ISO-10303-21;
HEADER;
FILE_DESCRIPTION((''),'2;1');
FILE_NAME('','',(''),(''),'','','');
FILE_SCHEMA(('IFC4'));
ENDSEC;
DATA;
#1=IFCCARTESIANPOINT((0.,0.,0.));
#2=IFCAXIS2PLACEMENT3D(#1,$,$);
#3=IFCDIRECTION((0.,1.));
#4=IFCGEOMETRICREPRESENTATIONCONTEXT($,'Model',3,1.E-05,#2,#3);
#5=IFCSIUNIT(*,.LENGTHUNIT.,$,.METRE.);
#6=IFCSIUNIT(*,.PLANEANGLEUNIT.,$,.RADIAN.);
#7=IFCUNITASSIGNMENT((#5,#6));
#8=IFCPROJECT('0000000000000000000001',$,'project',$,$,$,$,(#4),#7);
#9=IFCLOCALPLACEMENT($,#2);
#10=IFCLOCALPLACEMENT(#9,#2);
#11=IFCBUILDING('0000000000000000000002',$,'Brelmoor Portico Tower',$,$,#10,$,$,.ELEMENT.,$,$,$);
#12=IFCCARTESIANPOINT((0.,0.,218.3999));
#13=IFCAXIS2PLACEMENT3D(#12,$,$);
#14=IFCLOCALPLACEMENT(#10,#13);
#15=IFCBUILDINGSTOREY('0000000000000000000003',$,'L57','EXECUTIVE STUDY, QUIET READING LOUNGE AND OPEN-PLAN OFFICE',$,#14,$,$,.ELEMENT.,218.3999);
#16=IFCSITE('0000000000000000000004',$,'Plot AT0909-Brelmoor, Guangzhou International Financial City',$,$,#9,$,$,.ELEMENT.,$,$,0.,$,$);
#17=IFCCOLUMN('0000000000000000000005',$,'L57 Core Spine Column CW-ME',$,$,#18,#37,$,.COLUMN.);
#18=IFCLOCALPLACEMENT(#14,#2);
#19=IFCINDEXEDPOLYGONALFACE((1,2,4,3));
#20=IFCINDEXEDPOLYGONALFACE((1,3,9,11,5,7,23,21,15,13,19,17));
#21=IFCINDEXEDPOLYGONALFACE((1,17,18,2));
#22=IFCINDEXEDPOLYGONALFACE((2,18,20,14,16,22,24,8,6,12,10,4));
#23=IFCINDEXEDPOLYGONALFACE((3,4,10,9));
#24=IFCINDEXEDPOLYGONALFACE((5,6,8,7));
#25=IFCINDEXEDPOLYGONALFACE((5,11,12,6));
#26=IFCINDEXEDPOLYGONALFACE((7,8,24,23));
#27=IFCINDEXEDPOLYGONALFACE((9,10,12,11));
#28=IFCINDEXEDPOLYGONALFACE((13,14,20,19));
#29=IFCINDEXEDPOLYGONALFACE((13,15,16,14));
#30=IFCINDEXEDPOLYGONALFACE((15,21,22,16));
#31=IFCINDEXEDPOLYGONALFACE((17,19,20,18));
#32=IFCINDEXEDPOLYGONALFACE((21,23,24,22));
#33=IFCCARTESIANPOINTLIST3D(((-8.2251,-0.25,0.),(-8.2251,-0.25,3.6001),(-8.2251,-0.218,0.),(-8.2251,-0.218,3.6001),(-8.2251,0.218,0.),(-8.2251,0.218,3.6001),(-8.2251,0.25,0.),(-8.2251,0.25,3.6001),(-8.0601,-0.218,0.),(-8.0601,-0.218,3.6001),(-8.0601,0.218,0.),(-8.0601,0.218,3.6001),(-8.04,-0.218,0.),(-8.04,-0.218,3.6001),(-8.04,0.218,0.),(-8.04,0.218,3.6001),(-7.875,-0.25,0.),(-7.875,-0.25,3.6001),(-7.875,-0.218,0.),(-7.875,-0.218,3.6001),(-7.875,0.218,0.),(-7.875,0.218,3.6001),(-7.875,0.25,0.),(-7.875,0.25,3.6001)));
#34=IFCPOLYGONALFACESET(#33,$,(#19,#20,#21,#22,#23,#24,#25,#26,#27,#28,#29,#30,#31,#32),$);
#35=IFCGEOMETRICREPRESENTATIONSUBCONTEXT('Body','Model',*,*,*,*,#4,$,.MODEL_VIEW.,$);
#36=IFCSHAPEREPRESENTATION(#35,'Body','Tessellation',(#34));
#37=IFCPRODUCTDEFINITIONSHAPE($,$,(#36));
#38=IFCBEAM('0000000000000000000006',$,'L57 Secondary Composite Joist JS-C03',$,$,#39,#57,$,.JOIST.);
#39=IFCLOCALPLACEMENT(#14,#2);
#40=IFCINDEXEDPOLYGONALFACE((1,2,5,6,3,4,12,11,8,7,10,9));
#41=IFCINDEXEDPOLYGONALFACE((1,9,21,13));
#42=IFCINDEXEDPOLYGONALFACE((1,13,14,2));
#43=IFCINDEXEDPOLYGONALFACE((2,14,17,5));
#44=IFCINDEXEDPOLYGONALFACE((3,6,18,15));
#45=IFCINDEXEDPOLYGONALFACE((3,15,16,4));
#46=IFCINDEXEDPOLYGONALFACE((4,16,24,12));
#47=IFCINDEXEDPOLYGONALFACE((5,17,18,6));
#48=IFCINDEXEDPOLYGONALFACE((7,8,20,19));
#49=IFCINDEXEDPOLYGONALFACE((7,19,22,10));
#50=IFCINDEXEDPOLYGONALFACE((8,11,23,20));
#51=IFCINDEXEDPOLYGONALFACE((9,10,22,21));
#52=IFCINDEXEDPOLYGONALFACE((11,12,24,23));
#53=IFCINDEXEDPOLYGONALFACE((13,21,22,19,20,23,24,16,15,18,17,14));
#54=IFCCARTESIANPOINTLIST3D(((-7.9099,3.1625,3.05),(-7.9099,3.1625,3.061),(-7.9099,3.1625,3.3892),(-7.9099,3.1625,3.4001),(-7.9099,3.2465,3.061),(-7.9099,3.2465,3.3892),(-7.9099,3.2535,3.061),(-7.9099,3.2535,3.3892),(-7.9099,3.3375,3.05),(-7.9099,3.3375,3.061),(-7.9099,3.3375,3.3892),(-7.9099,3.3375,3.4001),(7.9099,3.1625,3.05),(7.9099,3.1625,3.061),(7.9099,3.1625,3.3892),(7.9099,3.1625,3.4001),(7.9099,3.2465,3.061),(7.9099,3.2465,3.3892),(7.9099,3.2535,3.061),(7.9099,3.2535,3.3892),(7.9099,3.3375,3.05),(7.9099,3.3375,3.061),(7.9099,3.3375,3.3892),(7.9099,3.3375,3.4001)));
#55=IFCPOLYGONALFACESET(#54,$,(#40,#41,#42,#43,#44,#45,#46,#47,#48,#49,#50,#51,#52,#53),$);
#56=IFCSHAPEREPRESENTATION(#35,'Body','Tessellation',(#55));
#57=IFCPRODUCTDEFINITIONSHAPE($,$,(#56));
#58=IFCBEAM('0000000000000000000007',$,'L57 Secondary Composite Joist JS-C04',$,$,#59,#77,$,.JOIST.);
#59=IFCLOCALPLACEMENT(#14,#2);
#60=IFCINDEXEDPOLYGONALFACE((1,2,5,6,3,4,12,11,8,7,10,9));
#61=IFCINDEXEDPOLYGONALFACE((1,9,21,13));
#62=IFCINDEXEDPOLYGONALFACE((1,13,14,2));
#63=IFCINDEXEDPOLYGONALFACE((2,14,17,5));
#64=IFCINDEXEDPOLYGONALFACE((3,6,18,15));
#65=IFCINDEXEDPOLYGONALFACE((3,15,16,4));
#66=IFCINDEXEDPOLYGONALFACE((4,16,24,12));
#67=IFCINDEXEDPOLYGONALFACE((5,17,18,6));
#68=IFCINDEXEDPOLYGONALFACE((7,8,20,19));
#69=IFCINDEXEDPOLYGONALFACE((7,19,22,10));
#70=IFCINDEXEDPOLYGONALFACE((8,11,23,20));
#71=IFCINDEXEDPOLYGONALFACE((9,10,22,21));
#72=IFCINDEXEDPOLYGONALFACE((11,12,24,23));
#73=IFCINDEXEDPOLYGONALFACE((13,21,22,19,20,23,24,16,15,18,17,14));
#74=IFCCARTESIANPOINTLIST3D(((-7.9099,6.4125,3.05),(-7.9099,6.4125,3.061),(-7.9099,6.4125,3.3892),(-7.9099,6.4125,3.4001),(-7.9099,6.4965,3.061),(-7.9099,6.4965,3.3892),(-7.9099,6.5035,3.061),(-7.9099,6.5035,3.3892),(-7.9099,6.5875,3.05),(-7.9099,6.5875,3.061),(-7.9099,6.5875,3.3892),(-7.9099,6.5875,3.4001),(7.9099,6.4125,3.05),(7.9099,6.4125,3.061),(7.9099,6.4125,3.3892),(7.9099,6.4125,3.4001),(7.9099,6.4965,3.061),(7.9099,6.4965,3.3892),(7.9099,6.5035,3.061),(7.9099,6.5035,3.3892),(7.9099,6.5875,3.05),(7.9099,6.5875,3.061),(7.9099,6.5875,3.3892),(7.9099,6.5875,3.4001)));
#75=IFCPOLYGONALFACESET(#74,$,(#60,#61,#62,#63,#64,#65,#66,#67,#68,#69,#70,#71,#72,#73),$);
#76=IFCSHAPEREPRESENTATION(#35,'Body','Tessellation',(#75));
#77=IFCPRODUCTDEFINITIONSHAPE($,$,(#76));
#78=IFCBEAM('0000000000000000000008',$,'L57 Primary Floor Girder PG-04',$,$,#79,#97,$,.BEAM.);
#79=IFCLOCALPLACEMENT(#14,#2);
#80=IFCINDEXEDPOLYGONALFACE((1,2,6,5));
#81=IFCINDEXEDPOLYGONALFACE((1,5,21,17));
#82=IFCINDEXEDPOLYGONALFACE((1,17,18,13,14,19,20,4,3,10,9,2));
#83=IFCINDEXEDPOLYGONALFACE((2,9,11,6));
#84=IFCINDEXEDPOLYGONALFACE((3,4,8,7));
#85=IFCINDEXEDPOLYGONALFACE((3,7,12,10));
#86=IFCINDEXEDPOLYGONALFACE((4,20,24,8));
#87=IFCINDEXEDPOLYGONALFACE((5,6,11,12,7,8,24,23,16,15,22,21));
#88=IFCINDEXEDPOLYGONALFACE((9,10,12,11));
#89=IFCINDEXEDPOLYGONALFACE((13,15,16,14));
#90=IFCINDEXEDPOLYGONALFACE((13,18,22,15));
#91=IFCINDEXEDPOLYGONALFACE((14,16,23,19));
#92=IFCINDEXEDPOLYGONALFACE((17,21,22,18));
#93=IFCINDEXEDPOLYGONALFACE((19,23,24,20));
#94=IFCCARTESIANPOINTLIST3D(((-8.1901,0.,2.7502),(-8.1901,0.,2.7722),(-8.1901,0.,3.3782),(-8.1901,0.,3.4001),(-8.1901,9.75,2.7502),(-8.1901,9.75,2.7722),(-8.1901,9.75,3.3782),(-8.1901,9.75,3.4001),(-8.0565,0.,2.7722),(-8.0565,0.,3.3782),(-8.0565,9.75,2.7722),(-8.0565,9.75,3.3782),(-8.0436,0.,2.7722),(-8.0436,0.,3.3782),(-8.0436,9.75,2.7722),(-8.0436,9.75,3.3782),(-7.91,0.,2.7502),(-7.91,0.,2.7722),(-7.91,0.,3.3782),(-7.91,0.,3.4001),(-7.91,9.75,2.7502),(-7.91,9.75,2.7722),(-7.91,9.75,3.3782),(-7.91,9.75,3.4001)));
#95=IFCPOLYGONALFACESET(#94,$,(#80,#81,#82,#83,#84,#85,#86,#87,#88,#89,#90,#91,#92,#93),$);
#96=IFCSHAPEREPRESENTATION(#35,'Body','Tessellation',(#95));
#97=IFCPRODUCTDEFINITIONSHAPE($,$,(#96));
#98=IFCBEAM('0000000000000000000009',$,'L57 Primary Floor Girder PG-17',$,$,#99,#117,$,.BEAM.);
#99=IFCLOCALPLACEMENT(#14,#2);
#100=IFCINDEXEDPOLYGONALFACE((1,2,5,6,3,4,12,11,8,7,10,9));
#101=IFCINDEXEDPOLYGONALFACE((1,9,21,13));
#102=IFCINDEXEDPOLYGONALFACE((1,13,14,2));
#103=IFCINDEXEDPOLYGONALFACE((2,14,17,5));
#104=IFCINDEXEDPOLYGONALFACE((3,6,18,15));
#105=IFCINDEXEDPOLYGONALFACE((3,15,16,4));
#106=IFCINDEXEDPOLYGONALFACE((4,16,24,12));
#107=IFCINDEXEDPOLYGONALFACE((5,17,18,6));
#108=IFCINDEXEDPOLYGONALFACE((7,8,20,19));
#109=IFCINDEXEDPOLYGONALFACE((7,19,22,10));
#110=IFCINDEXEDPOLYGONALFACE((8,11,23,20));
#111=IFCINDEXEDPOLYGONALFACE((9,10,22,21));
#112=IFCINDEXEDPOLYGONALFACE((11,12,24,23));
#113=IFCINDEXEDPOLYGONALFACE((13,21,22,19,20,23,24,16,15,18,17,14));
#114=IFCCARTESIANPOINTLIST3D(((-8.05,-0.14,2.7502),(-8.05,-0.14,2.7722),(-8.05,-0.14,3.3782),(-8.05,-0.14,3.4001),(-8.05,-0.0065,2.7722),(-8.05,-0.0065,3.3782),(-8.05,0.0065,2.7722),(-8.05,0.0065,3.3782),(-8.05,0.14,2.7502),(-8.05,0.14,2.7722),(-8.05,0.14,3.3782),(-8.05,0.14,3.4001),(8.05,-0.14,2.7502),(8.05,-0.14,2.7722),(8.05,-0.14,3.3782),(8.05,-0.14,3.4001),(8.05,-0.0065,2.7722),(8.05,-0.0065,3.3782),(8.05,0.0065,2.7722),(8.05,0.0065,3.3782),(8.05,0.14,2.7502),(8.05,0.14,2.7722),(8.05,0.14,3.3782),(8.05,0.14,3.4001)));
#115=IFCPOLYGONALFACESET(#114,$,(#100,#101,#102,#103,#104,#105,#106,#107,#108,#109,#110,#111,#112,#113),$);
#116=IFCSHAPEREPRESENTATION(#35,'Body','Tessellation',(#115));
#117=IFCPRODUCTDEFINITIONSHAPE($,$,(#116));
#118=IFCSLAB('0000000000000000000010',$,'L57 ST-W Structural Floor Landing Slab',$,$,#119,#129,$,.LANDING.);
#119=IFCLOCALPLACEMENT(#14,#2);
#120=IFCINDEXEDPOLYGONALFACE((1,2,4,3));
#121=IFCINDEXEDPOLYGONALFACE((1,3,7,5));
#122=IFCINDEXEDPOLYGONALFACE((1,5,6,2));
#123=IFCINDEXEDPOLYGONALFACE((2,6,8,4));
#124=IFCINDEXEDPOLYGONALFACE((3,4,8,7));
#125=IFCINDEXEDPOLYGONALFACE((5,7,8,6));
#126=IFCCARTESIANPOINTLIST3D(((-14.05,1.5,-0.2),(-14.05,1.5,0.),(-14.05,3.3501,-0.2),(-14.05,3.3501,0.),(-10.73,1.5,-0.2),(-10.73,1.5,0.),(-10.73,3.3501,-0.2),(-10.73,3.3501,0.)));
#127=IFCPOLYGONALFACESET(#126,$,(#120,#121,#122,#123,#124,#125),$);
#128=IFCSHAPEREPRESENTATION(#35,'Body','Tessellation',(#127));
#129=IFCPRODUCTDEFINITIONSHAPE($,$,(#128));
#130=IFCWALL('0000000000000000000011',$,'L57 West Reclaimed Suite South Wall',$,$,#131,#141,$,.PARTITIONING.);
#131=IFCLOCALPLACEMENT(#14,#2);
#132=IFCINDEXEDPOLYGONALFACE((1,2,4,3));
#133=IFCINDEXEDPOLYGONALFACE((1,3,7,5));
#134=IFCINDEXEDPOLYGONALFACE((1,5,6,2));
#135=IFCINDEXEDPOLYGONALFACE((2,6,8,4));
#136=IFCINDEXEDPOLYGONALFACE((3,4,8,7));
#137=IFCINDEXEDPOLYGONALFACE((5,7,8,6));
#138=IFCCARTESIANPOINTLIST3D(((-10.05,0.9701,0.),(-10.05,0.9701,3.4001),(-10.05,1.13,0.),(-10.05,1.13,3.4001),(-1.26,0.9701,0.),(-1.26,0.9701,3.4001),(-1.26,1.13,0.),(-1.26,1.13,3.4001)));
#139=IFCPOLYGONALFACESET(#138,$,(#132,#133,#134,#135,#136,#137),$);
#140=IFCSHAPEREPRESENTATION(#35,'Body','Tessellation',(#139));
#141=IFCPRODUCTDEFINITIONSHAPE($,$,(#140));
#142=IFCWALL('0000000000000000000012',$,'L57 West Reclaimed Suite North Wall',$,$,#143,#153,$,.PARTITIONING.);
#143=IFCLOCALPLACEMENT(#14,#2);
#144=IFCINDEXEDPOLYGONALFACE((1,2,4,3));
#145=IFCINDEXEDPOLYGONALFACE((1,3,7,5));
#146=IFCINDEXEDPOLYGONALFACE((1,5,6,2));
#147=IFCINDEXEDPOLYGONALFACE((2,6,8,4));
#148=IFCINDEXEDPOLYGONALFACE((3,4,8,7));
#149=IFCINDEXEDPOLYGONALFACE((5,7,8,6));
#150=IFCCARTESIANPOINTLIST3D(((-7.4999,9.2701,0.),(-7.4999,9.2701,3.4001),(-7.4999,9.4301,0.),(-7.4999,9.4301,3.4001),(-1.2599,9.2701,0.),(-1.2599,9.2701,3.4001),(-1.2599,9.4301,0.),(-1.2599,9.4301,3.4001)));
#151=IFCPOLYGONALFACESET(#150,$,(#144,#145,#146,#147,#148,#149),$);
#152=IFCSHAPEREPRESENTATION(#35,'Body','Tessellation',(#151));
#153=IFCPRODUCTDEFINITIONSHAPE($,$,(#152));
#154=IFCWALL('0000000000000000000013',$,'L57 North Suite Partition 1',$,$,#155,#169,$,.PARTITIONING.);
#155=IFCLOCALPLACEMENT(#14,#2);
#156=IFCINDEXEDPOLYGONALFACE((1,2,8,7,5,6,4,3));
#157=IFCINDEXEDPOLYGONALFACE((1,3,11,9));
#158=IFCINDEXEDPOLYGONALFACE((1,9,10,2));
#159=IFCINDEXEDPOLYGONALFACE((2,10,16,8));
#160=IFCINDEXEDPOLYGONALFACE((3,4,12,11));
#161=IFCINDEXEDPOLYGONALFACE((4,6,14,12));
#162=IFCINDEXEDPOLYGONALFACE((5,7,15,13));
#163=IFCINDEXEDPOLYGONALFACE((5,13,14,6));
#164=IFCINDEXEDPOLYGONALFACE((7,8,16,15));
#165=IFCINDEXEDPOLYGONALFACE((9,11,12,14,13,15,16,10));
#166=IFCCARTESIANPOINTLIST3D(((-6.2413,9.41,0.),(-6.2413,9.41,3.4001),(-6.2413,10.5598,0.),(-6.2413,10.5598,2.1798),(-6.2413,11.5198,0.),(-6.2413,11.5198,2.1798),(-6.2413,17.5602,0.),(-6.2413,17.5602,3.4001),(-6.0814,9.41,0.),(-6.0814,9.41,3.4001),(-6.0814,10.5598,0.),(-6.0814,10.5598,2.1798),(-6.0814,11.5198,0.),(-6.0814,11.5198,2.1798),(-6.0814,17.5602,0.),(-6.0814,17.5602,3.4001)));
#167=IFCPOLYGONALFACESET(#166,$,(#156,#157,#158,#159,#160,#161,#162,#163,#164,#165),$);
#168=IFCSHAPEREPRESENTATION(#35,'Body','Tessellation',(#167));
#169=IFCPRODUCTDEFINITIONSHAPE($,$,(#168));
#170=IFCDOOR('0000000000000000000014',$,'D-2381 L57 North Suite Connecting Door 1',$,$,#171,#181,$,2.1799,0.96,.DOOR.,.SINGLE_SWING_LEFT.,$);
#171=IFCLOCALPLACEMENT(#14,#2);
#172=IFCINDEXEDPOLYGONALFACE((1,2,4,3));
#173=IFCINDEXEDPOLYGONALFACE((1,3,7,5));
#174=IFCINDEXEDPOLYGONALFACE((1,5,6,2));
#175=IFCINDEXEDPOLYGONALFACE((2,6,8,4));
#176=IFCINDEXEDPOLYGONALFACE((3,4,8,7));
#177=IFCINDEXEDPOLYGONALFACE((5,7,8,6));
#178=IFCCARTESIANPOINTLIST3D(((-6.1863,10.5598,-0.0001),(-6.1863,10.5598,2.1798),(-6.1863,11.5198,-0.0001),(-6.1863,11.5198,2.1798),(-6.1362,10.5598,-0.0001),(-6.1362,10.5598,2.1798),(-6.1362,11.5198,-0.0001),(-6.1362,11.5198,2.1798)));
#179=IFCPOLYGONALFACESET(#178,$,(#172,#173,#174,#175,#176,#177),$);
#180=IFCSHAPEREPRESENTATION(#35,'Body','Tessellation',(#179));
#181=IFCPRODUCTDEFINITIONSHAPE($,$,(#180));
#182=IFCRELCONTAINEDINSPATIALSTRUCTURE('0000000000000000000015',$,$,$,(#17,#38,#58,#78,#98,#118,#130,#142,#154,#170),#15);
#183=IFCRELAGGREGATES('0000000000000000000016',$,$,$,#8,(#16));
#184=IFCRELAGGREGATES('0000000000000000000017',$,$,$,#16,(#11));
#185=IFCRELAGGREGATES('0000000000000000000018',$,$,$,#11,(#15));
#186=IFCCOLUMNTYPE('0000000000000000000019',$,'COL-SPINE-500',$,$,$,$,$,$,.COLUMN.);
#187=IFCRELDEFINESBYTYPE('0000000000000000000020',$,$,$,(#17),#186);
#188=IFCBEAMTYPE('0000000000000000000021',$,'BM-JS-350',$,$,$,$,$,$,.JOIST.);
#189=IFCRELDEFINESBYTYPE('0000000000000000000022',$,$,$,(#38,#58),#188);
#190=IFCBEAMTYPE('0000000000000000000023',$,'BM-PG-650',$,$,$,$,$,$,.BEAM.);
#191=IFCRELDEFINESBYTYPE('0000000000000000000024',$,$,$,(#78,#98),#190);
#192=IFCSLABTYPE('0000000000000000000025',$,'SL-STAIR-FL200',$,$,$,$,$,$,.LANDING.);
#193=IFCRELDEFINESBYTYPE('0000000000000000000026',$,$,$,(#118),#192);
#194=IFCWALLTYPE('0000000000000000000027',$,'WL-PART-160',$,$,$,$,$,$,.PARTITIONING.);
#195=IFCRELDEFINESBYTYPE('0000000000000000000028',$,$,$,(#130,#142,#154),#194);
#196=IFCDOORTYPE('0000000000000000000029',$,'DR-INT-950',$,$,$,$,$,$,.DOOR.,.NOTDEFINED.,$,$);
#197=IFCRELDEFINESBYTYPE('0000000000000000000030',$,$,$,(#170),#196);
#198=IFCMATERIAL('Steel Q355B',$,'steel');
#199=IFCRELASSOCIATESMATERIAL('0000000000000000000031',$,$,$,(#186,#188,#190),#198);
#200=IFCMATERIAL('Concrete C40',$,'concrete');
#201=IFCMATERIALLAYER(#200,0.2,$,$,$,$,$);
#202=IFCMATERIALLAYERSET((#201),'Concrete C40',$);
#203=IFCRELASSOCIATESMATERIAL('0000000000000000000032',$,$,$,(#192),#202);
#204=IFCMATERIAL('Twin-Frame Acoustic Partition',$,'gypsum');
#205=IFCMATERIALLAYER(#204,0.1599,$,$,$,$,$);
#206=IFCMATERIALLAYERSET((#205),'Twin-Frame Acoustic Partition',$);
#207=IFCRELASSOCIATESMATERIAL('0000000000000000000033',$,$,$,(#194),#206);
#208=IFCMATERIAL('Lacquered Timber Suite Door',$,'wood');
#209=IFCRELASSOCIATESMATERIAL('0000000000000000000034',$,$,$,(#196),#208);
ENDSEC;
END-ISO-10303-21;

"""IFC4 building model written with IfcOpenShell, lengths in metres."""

from ifc_helpers import new_model, si_unit, direction, frame, frame_2d, origin, origin_2d, place, context, subcontext, project, spatial, polyline, rectangle, i_section, outline, extrude, material, layer, layer_set, material_profile, profile_set, type_object, element, fill, save


model = new_model("IFC4")

# Units and contexts
model_context = context("Model", 3, precision=1e-05, world=origin(), true_north=direction((0.0, 1.0)))
body_context = subcontext(model_context, "Body", "Model", "MODEL_VIEW")
ifc_project = project(units=[si_unit("LENGTHUNIT", "METRE"), si_unit("PLANEANGLEUNIT", "RADIAN")], contexts=[model_context])

# Site, building, storey
site_placement = place(None, origin())
site = spatial("IfcSite", under=ifc_project, at=site_placement, Name="Plot AT0909-Brelmoor, Guangzhou International Financial City", CompositionType="ELEMENT", RefElevation=0.0)
building_placement = place(site_placement, origin())
building = spatial("IfcBuilding", under=site, at=building_placement, Name="Brelmoor Portico Tower", CompositionType="ELEMENT")
storey_placement = place(building_placement, frame((0.0, 0.0, 218.3999)))
storey = spatial("IfcBuildingStorey", under=building, at=storey_placement, Name="L57", Description="EXECUTIVE STUDY, QUIET READING LOUNGE AND OPEN-PLAN OFFICE", CompositionType="ELEMENT", Elevation=218.3999)

# Column
ifc_material_1 = material(Name="Steel Q355B", Category="steel")
ifc_material_profile_1 = material_profile(ifc_material_1, i_section(OverallWidth=0.3501, OverallDepth=0.5, WebThickness=0.02, FlangeThickness=0.032, at=origin_2d()), Name="HW 500x350x20x32")
ifc_profile_set_1 = profile_set([ifc_material_profile_1], Name="Steel Q355B")
column_type = type_object("IfcColumnType", Name="COL-SPINE-500", PredefinedType="COLUMN", material=ifc_profile_set_1)
column_placement = place(storey_placement, frame((-8.05, 0.0, 0.0), z_axis=(0.0, 0.0, 1.0), x_axis=(1.0, 0.0, 0.0)))
element("IfcColumn", 1, at=column_placement, inside=storey, type_object=column_type, Name="L57 Core Spine Column CW-ME", PredefinedType="COLUMN", context=body_context, shape_type="SweptSolid", body=[
    extrude(i_section(OverallWidth=0.3501, OverallDepth=0.5, WebThickness=0.02, FlangeThickness=0.032, at=origin_2d()), origin(), (0.0, 0.0, 1.0), 3.6001),
])

# Beams
ifc_material_profile_2 = material_profile(ifc_material_1, i_section(OverallWidth=0.175, OverallDepth=0.3501, WebThickness=0.0071, FlangeThickness=0.011, at=origin_2d()), Name="HN 350x175x7x11")
ifc_profile_set_2 = profile_set([ifc_material_profile_2], Name="Steel Q355B")
beam_type_1 = type_object("IfcBeamType", Name="BM-JS-350", PredefinedType="JOIST", material=ifc_profile_set_2)
for number, where, z_axis, x_axis, name in (
    (2, (-7.9099, 3.25, 3.2251), (1.0, 0.0, 0.0), (0.0, 1.0, 0.0), "L57 Secondary Composite Joist JS-C03"),
    (3, (-7.9099, 6.5, 3.2251), (1.0, 0.0, 0.0), (0.0, 1.0, 0.0), "L57 Secondary Composite Joist JS-C04"),
):
    element("IfcBeam", number, at=place(storey_placement, frame(where, z_axis=z_axis, x_axis=x_axis)), inside=storey, type_object=beam_type_1, Name=name, PredefinedType="JOIST", context=body_context, shape_type="SweptSolid", body=[
        extrude(i_section(OverallWidth=0.175, OverallDepth=0.3501, WebThickness=0.0071, FlangeThickness=0.011, at=origin_2d()), origin(), (0.0, 0.0, 1.0), 15.8198),
    ])
ifc_material_profile_3 = material_profile(ifc_material_1, i_section(OverallWidth=0.28, OverallDepth=0.6499, WebThickness=0.0129, FlangeThickness=0.022, at=origin_2d()), Name="HN 650x280x13x22")
ifc_profile_set_3 = profile_set([ifc_material_profile_3], Name="Steel Q355B")
beam_type_2 = type_object("IfcBeamType", Name="BM-PG-650", PredefinedType="BEAM", material=ifc_profile_set_3)
beam_1_placement = place(storey_placement, frame((-8.05, 0.0, 3.0752), z_axis=(0.0, 1.0, 0.0), x_axis=(-1.0, 0.0, 0.0)))
element("IfcBeam", 4, at=beam_1_placement, inside=storey, type_object=beam_type_2, Name="L57 Primary Floor Girder PG-04", PredefinedType="BEAM", context=body_context, shape_type="SweptSolid", body=[
    extrude(i_section(OverallWidth=0.28, OverallDepth=0.6499, WebThickness=0.0129, FlangeThickness=0.022, at=origin_2d()), origin(), (0.0, 0.0, 1.0), 9.75),
])
beam_2_placement = place(storey_placement, frame((-8.05, 0.0, 3.0752), z_axis=(1.0, 0.0, 0.0), x_axis=(0.0, 1.0, 0.0)))
element("IfcBeam", 5, at=beam_2_placement, inside=storey, type_object=beam_type_2, Name="L57 Primary Floor Girder PG-17", PredefinedType="BEAM", context=body_context, shape_type="SweptSolid", body=[
    extrude(i_section(OverallWidth=0.28, OverallDepth=0.6499, WebThickness=0.0129, FlangeThickness=0.022, at=origin_2d()), origin(), (0.0, 0.0, 1.0), 16.1001),
])

# Slab
ifc_material_2 = material(Name="Concrete C40", Category="concrete")
ifc_layer_1 = layer(ifc_material_2, 0.2)
ifc_layer_set_1 = layer_set([ifc_layer_1], Name="Concrete C40")
slab_type = type_object("IfcSlabType", Name="SL-STAIR-FL200", PredefinedType="LANDING", material=ifc_layer_set_1)
slab_placement = place(storey_placement, frame((0.0, 0.0, -0.2)))
element("IfcSlab", 6, at=slab_placement, inside=storey, type_object=slab_type, Name="L57 ST-W Structural Floor Landing Slab", PredefinedType="LANDING", context=body_context, shape_type="SweptSolid", body=[
    extrude(outline(polyline([(-10.73, 1.5), (-10.73, 3.3501), (-14.05, 3.3501), (-14.05, 1.5), (-10.73, 1.5)])), origin(), (0.0, 0.0, 1.0), 0.2),
])

# Walls
ifc_material_3 = material(Name="Twin-Frame Acoustic Partition", Category="gypsum")
ifc_layer_2 = layer(ifc_material_3, 0.1599)
ifc_layer_set_2 = layer_set([ifc_layer_2], Name="Twin-Frame Acoustic Partition")
wall_type_1 = type_object("IfcWallType", Name="WL-PART-160", PredefinedType="PARTITIONING", material=ifc_layer_set_2)
wall_1_placement = place(storey_placement, frame((-10.05, 1.05, 0.0), z_axis=(0.0, 0.0, 1.0), x_axis=(1.0, 0.0, 0.0)))
element("IfcWall", 7, at=wall_1_placement, inside=storey, type_object=wall_type_1, Name="L57 West Reclaimed Suite South Wall", PredefinedType="PARTITIONING", context=body_context, shape_type="SweptSolid", body=[
    extrude(rectangle(XDim=8.79, YDim=0.1599, at=frame_2d((4.395, 0.0))), origin(), (0.0, 0.0, 1.0), 3.4001),
])
wall_2_placement = place(storey_placement, frame((-7.5, 9.3501, 0.0), z_axis=(0.0, 0.0, 1.0), x_axis=(1.0, 0.0, 0.0)))
element("IfcWall", 8, at=wall_2_placement, inside=storey, type_object=wall_type_1, Name="L57 West Reclaimed Suite North Wall", PredefinedType="PARTITIONING", context=body_context, shape_type="SweptSolid", body=[
    extrude(rectangle(XDim=6.24, YDim=0.1599, at=frame_2d((3.1201, 0.0))), origin(), (0.0, 0.0, 1.0), 3.4001),
])

# Wall, opening, door
wall_3_placement = place(storey_placement, frame((-6.1614, 9.4099, 0.0), z_axis=(0.0, 0.0, 1.0), x_axis=(0.0, 1.0, 0.0)))
wall_3 = element("IfcWall", 9, at=wall_3_placement, inside=storey, type_object=wall_type_1, Name="L57 North Suite Partition 1", PredefinedType="PARTITIONING", context=body_context, shape_type="SweptSolid", body=[
    extrude(rectangle(XDim=8.1501, YDim=0.1599, at=frame_2d((4.0752, 0.0))), origin(), (0.0, 0.0, 1.0), 3.4001),
])
opening_1_placement = place(wall_3_placement, frame((1.1499, 0.0, 0.0)))
opening_1 = element("IfcOpeningElement", 10, at=opening_1_placement, cuts=wall_3, PredefinedType="OPENING", context=body_context, shape_type="SweptSolid", body=[
    extrude(rectangle(XDim=0.96, YDim=2.1799, at=frame_2d((0.48, 1.0898))), frame((0.0, 0.0898, 0.0), z_axis=(0.0, -1.0, 0.0), x_axis=(1.0, 0.0, 0.0)), (0.0, 0.0, 1.0), 0.1799),
])
ifc_material_4 = material(Name="Lacquered Timber Suite Door", Category="wood")
door_type_1 = type_object("IfcDoorType", Name="DR-INT-950", OperationType="NOTDEFINED", PredefinedType="DOOR", material=ifc_material_4)
door_1_placement = place(opening_1_placement, origin())
door_1 = element("IfcDoor", 11, at=door_1_placement, inside=storey, type_object=door_type_1, Name="D-2381 L57 North Suite Connecting Door 1", OperationType="SINGLE_SWING_LEFT", OverallHeight=2.1799, OverallWidth=0.96, PredefinedType="DOOR", context=body_context, shape_type="SweptSolid", body=[
    extrude(rectangle(XDim=0.96, YDim=2.1799, at=frame_2d((0.48, 1.0898))), frame((0.0, 0.0249, 0.0), z_axis=(0.0, -1.0, 0.0), x_axis=(1.0, 0.0, 0.0)), (0.0, 0.0, 1.0), 0.05),
])
fill(opening_1, door_1)

save(model, "model.ifc")
